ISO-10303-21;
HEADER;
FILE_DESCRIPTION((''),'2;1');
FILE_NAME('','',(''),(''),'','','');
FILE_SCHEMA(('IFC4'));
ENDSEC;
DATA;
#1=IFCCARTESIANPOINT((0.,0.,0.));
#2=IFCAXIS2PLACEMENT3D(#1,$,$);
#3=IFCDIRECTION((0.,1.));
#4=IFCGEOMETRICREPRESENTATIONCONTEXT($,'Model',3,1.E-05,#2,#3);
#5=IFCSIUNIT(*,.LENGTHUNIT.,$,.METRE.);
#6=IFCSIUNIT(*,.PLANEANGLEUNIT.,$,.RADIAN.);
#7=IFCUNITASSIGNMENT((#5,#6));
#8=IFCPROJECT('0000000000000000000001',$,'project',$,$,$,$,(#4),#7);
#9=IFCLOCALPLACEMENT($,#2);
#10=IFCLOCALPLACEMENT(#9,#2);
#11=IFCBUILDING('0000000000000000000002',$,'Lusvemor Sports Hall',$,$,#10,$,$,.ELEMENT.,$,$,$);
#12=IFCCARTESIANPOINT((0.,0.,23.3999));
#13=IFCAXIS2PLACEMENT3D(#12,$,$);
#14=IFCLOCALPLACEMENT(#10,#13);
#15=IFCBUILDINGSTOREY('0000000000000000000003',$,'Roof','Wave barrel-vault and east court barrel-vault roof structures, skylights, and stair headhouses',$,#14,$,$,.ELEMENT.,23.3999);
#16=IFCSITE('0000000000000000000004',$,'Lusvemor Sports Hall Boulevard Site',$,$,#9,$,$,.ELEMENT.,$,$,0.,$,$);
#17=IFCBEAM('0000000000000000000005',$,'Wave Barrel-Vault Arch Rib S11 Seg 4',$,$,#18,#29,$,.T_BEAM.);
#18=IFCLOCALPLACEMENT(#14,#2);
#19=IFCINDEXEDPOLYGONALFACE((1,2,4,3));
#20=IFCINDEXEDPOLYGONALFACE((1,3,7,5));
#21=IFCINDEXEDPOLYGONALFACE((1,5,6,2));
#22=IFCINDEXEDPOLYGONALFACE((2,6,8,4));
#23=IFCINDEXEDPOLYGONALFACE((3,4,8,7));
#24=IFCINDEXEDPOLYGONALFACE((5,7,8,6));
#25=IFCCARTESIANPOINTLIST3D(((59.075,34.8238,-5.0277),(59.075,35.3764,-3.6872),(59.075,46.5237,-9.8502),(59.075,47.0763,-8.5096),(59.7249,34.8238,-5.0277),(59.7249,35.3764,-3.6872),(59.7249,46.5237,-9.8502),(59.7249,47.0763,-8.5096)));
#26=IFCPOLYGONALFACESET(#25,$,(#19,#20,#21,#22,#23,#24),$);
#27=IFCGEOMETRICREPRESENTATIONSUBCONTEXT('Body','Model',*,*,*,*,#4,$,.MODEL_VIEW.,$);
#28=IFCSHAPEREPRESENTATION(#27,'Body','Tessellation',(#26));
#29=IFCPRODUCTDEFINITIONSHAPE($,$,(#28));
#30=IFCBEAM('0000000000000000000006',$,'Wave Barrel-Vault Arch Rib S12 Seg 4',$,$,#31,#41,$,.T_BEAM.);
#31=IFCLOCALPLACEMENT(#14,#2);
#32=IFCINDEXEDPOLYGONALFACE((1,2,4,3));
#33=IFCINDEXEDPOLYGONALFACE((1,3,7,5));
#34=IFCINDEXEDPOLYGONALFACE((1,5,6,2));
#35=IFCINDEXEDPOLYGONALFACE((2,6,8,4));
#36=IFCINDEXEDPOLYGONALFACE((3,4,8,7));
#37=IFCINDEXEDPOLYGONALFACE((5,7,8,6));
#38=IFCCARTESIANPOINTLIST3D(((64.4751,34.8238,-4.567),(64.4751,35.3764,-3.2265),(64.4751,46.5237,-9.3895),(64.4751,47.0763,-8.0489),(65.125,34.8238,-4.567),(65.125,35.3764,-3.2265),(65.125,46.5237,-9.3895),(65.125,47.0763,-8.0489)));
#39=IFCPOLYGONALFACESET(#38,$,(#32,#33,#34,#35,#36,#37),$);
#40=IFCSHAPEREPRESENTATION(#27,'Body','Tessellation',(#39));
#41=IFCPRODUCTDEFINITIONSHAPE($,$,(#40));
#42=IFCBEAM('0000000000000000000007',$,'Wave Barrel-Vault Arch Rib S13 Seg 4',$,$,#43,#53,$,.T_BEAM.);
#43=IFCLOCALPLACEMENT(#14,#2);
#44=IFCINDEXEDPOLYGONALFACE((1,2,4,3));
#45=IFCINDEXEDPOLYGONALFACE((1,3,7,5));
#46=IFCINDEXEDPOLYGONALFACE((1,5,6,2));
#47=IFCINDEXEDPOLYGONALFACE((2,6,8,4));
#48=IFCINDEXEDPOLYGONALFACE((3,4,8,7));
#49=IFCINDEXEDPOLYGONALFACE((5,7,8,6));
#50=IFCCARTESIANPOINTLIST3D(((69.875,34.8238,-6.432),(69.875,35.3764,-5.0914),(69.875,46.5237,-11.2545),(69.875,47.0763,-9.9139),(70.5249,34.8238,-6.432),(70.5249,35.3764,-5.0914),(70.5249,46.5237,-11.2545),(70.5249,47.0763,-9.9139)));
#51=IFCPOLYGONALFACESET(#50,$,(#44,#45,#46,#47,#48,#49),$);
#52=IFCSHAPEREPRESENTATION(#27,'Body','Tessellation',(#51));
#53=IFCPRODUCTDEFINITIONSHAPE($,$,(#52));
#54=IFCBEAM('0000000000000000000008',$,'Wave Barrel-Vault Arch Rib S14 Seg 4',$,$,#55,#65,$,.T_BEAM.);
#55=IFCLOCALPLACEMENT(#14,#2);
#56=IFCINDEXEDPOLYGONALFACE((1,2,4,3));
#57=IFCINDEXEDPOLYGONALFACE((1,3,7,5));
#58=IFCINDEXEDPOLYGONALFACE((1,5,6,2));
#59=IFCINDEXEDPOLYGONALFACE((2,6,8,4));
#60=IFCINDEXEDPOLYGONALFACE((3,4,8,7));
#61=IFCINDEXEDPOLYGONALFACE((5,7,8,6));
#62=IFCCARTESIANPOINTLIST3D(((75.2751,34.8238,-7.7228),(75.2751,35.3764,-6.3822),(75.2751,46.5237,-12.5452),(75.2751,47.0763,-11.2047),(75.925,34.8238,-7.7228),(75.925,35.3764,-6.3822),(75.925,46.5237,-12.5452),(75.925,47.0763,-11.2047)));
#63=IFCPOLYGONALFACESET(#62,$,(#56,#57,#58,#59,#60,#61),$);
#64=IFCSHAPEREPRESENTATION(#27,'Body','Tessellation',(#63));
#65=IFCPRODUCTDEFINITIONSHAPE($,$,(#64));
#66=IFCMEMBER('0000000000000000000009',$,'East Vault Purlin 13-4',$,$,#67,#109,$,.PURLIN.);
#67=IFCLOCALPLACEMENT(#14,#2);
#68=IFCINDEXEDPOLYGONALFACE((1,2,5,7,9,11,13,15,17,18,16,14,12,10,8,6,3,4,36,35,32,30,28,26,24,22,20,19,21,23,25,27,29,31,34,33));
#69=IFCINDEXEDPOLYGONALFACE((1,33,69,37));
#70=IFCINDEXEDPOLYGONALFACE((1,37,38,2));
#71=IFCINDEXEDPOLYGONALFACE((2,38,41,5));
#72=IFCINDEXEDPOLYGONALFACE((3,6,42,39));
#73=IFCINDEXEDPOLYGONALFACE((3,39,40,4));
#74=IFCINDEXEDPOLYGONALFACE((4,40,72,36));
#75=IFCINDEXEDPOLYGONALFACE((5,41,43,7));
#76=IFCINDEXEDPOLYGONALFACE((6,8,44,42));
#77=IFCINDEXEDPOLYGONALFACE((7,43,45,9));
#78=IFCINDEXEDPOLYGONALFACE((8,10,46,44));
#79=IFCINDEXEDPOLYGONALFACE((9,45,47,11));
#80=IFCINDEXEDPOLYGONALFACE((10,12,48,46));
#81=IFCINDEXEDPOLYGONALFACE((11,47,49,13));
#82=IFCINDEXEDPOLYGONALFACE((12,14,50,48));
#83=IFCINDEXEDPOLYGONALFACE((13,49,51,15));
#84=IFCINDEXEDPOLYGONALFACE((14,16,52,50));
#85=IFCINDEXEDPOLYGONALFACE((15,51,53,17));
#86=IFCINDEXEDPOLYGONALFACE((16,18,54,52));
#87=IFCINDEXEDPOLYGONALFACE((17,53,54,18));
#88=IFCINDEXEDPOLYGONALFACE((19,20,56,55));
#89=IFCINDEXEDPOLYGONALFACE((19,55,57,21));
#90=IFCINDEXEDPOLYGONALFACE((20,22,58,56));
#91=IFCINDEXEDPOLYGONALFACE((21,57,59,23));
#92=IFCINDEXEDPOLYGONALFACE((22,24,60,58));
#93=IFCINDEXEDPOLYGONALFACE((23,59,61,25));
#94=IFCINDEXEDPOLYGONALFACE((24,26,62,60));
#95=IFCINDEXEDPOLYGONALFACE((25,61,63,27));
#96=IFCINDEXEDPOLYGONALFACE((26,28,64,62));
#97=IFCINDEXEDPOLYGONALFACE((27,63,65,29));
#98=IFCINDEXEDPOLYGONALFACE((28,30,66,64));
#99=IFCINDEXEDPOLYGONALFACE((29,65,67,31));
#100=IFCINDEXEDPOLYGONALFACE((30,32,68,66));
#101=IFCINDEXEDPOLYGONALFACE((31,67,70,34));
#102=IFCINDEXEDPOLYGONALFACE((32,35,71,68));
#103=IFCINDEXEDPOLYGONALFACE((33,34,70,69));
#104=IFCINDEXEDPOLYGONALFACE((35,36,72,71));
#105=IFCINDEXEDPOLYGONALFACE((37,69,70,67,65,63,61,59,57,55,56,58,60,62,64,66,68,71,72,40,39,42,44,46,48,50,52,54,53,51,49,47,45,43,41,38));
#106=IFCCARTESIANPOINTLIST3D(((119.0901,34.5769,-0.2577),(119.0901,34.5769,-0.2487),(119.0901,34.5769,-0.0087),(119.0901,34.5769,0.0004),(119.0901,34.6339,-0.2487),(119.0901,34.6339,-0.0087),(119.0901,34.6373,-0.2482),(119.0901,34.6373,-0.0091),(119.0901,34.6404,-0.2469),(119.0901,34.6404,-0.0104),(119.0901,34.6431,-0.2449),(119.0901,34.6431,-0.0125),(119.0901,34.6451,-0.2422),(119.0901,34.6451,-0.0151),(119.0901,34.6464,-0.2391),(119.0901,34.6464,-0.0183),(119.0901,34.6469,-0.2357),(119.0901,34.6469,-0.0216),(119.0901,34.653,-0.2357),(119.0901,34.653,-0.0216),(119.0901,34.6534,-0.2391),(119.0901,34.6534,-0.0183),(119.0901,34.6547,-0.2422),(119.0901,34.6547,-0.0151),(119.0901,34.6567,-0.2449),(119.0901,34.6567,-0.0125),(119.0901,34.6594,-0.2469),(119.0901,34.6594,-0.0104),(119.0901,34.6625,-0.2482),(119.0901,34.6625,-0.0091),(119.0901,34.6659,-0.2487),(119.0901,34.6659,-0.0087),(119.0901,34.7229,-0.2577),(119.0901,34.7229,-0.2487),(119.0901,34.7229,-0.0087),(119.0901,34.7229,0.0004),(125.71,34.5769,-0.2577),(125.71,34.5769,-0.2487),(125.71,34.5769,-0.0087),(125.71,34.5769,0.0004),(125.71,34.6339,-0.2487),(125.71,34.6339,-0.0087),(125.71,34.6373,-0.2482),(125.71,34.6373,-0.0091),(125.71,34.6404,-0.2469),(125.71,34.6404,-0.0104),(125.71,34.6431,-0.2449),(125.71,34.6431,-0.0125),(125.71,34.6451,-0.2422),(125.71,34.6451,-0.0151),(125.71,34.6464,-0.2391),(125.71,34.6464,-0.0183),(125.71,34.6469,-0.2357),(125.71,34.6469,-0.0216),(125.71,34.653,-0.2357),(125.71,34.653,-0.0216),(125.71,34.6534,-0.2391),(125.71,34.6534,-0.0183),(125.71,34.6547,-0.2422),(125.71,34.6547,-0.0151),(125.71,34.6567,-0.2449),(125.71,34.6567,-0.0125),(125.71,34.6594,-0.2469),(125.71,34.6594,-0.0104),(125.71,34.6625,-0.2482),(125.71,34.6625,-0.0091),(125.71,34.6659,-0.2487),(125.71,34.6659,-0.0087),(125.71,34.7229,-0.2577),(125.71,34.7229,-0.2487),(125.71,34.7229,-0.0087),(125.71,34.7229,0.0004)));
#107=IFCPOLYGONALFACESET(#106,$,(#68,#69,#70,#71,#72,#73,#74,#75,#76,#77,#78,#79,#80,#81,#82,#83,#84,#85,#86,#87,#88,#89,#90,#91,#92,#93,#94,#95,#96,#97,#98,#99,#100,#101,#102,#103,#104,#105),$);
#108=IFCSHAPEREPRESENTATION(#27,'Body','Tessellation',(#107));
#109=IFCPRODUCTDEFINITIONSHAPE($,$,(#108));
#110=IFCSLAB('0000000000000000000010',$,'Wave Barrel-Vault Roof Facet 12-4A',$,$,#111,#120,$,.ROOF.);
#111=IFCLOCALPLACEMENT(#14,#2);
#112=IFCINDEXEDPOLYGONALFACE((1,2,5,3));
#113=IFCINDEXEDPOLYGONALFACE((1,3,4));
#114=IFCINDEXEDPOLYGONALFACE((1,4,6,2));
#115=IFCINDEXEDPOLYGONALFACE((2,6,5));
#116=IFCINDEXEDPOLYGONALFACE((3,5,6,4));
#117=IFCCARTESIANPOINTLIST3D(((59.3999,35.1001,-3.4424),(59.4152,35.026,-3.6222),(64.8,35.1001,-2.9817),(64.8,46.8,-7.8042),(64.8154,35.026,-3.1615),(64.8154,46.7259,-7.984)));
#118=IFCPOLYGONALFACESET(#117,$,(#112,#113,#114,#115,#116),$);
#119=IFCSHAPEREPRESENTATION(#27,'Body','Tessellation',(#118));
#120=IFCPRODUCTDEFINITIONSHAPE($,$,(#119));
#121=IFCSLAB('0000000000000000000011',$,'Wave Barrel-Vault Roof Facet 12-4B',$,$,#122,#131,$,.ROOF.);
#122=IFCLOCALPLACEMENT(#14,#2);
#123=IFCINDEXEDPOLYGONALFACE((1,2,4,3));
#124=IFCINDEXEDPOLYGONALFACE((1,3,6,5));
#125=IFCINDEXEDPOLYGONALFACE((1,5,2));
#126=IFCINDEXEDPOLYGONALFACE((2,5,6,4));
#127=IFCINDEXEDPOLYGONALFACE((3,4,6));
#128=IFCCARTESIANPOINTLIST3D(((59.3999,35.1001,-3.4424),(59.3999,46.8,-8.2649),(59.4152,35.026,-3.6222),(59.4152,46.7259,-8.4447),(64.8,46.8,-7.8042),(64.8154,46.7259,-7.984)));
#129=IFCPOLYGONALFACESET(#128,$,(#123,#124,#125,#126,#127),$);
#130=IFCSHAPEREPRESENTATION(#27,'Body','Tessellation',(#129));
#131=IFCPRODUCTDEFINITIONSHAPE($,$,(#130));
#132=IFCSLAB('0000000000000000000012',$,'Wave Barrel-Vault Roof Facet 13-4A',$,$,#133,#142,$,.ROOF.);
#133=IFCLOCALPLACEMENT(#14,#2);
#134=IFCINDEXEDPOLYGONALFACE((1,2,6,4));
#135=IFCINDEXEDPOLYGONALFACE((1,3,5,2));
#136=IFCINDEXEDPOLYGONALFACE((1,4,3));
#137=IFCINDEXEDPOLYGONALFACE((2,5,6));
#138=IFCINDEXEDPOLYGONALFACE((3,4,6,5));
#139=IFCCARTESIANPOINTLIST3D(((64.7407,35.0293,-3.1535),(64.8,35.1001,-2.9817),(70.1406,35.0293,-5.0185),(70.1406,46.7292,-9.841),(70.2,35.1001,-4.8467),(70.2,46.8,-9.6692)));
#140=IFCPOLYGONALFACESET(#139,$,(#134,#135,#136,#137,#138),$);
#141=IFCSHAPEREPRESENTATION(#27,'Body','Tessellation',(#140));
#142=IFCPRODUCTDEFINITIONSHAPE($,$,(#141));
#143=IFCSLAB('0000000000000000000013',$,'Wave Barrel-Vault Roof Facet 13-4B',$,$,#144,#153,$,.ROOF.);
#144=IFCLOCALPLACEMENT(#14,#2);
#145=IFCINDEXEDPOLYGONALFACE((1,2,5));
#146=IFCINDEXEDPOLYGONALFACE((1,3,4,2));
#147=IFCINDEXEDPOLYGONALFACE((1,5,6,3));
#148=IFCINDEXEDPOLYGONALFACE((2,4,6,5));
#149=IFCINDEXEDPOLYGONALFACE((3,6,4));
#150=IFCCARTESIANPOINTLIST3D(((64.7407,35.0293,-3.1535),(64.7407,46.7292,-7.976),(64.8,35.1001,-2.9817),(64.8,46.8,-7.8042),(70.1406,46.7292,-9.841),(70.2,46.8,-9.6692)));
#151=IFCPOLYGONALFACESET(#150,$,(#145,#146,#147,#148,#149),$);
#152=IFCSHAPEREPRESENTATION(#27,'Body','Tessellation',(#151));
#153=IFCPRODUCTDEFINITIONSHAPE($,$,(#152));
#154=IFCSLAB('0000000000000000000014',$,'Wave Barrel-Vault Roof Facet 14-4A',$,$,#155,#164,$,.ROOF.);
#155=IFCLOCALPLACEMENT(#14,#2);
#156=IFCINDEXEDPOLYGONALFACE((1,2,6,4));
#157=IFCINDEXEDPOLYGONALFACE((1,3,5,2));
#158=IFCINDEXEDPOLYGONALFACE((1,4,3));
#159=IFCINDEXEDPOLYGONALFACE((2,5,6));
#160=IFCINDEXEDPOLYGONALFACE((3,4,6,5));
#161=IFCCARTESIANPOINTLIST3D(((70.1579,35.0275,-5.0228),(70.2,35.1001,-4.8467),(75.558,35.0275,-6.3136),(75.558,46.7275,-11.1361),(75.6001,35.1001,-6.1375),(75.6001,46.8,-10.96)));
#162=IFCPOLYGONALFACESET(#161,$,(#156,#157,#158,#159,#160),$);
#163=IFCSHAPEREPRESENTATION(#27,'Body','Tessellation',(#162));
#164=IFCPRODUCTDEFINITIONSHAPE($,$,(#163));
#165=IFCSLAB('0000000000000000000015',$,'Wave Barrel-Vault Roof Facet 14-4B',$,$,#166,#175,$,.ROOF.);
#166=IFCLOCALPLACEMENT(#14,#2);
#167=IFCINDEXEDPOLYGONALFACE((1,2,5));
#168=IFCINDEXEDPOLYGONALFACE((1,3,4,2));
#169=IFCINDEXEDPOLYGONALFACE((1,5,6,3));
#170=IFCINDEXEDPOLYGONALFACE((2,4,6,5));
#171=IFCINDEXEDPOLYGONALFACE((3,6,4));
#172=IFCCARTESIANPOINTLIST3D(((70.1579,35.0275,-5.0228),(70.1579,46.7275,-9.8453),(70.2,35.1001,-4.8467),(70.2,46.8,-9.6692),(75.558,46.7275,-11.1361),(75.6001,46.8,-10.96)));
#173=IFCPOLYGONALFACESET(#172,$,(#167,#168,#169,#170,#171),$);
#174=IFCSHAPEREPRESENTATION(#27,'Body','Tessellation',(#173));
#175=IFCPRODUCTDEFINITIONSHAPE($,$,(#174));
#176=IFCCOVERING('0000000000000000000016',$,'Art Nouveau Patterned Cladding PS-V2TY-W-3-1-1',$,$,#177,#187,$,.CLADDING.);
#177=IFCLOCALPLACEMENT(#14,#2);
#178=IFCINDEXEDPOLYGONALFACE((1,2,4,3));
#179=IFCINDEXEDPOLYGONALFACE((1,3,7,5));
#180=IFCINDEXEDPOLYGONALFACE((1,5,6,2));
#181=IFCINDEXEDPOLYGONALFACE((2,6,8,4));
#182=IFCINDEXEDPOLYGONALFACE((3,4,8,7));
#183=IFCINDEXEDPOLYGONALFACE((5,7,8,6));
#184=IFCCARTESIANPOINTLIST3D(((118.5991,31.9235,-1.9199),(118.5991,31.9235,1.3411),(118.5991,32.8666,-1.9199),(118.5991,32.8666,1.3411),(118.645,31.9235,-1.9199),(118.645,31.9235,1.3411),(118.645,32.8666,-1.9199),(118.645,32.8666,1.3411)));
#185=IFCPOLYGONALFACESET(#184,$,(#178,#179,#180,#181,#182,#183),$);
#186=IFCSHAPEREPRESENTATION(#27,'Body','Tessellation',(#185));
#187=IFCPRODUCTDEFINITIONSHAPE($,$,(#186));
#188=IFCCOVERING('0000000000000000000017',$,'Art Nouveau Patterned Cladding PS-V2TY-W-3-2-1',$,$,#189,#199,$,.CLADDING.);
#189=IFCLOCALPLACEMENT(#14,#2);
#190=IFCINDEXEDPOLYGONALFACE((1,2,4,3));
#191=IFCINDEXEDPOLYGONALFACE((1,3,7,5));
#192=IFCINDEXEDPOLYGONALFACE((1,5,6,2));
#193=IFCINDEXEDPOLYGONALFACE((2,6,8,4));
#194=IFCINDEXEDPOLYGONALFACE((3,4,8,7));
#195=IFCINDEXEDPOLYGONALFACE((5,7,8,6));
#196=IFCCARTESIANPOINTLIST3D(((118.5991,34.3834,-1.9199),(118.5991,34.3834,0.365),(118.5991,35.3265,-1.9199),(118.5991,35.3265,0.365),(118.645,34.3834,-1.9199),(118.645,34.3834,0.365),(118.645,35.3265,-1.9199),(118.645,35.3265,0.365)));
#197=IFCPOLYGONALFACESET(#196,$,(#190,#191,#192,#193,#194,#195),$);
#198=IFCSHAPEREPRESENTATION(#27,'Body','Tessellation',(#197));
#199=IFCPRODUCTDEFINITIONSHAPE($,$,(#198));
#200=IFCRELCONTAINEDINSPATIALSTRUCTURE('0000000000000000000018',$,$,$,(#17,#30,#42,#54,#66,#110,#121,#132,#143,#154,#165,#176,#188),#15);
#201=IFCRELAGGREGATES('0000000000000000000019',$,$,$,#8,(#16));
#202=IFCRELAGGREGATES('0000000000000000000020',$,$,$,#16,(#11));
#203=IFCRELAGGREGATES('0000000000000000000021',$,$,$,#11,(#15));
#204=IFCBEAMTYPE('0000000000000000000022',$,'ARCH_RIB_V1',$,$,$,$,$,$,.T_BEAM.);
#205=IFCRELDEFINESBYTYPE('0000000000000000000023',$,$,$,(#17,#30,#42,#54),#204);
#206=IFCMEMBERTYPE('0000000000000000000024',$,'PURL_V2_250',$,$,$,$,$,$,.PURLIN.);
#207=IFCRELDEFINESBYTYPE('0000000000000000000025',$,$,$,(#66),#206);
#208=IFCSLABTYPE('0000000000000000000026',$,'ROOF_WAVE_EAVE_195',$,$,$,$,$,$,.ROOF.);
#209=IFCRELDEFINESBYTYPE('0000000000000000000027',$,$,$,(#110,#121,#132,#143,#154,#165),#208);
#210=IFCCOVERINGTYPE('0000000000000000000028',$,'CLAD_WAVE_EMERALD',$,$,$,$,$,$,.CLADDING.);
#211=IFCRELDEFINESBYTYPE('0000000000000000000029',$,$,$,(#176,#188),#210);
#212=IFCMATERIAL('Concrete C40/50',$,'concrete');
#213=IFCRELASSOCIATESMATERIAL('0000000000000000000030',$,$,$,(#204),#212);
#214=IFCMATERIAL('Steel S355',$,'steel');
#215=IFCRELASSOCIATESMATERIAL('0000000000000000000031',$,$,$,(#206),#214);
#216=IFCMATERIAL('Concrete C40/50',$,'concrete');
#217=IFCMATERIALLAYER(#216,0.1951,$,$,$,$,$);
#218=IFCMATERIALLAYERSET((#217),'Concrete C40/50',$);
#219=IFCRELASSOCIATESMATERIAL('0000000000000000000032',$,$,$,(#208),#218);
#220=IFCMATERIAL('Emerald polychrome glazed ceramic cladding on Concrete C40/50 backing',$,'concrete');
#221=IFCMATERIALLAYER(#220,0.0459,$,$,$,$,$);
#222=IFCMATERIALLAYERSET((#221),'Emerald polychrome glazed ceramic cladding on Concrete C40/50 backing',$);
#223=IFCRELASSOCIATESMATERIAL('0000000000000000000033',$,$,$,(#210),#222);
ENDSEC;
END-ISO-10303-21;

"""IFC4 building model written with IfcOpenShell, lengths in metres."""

from ifc_helpers import new_model, si_unit, direction, frame, origin, origin_2d, place, context, subcontext, project, spatial, polyline, rectangle, i_section, outline, extrude, material, layer, layer_set, material_profile, profile_set, type_object, element, save


model = new_model("IFC4")

# Units and contexts
model_context = context("Model", 3, precision=1e-05, world=origin(), true_north=direction((0.0, 1.0)))
body_context = subcontext(model_context, "Body", "Model", "MODEL_VIEW")
ifc_project = project(units=[si_unit("LENGTHUNIT", "METRE"), si_unit("PLANEANGLEUNIT", "RADIAN")], contexts=[model_context])

# Site, building, storey
site_placement = place(None, origin())
site = spatial("IfcSite", under=ifc_project, at=site_placement, Name="Lusvemor Sports Hall Boulevard Site", CompositionType="ELEMENT", RefElevation=0.0)
building_placement = place(site_placement, origin())
building = spatial("IfcBuilding", under=site, at=building_placement, Name="Lusvemor Sports Hall", CompositionType="ELEMENT")
storey_placement = place(building_placement, frame((0.0, 0.0, 23.3999)))
storey = spatial("IfcBuildingStorey", under=building, at=storey_placement, Name="Roof", Description="Wave barrel-vault and east court barrel-vault roof structures, skylights, and stair headhouses", CompositionType="ELEMENT", Elevation=23.3999)

# Beams
ifc_material_1 = material(Name="Concrete C40/50", Category="concrete")
ifc_material_profile_1 = material_profile(ifc_material_1, rectangle(XDim=0.6499, YDim=1.45, at=origin_2d()), Name="RC650x1450")
ifc_profile_set_1 = profile_set([ifc_material_profile_1], Name="Concrete C40/50")
beam_type = type_object("IfcBeamType", Name="ARCH_RIB_V1", PredefinedType="T_BEAM", material=ifc_profile_set_1)
for number, where, z_axis, x_axis, name in (
    (1, (59.3999, 35.1001, -4.3574), (0.0, 0.924542, -0.38108), (-1.0, 0.0, 0.0), "Wave Barrel-Vault Arch Rib S11 Seg 4"),
    (2, (64.8, 35.1001, -3.8967), (0.0, 0.924542, -0.38108), (-1.0, 0.0, 0.0), "Wave Barrel-Vault Arch Rib S12 Seg 4"),
    (3, (70.2, 35.1001, -5.7617), (0.0, 0.924542, -0.38108), (-1.0, 0.0, 0.0), "Wave Barrel-Vault Arch Rib S13 Seg 4"),
    (4, (75.6001, 35.1001, -7.0525), (0.0, 0.924542, -0.38108), (-1.0, 0.0, 0.0), "Wave Barrel-Vault Arch Rib S14 Seg 4"),
):
    element("IfcBeam", number, at=place(storey_placement, frame(where, z_axis=z_axis, x_axis=x_axis)), inside=storey, type_object=beam_type, Name=name, PredefinedType="T_BEAM", context=body_context, shape_type="SweptSolid", body=[
        extrude(rectangle(XDim=0.6499, YDim=1.45, at=origin_2d()), origin(), (0.0, 0.0, 1.0), 12.6548),
    ])

# Member
ifc_material_2 = material(Name="Steel S355", Category="steel")
ifc_material_profile_2 = material_profile(ifc_material_2, i_section(OverallWidth=0.146, OverallDepth=0.2581, WebThickness=0.0061, FlangeThickness=0.009, FilletRadius=0.0129, at=origin_2d()), Name="W250x32.7")
ifc_profile_set_2 = profile_set([ifc_material_profile_2], Name="Steel S355")
member_type = type_object("IfcMemberType", Name="PURL_V2_250", PredefinedType="PURLIN", material=ifc_profile_set_2)
member_placement = place(storey_placement, frame((119.0901, 34.6499, -0.1287), z_axis=(1.0, 0.0, 0.0), x_axis=(0.0, 1.0, 0.0)))
element("IfcMember", 5, at=member_placement, inside=storey, type_object=member_type, Name="East Vault Purlin 13-4", PredefinedType="PURLIN", context=body_context, shape_type="SweptSolid", body=[
    extrude(i_section(OverallWidth=0.146, OverallDepth=0.2581, WebThickness=0.0061, FlangeThickness=0.009, FilletRadius=0.0129, at=origin_2d()), origin(), (0.0, 0.0, 1.0), 6.6199),
])

# Slabs
ifc_material_3 = material(Name="Concrete C40/50", Category="concrete")
ifc_layer_1 = layer(ifc_material_3, 0.1951)
ifc_layer_set_1 = layer_set([ifc_layer_1], Name="Concrete C40/50")
slab_type = type_object("IfcSlabType", Name="ROOF_WAVE_EAVE_195", PredefinedType="ROOF", material=ifc_layer_set_1)
slab_1_placement = place(storey_placement, frame((59.3999, 35.1001, -3.4424), z_axis=(-0.07863, 0.3799, 0.92168), x_axis=(0.996381, 0.0, 0.085003)))
element("IfcSlab", 6, at=slab_1_placement, inside=storey, type_object=slab_type, Name="Wave Barrel-Vault Roof Facet 12-4A", PredefinedType="ROOF", context=body_context, shape_type="SweptSolid", body=[
    extrude(outline(polyline([(0.0, 0.0), (5.4198, 0.0), (5.0098, 12.6482), (0.0, 0.0)])), origin(), (0.0, 0.0, -1.0), 0.1951),
])
slab_2_placement = place(storey_placement, frame((59.3999, 35.1001, -3.4424), z_axis=(-0.07863, 0.3799, 0.92168), x_axis=(0.396945, 0.860021, -0.320621)))
element("IfcSlab", 7, at=slab_2_placement, inside=storey, type_object=slab_type, Name="Wave Barrel-Vault Roof Facet 12-4B", PredefinedType="ROOF", context=body_context, shape_type="SweptSolid", body=[
    extrude(outline(polyline([(0.0, 0.0), (13.6043, 0.0), (11.6084, 5.0389), (0.0, 0.0)])), origin(), (0.0, 0.0, -1.0), 0.1951),
])
slab_3_placement = place(storey_placement, frame((64.8, 35.1001, -2.9817), z_axis=(0.304183, 0.363022, 0.880732), x_axis=(0.945213, 0.0, -0.326453)))
element("IfcSlab", 8, at=slab_3_placement, inside=storey, type_object=slab_type, Name="Wave Barrel-Vault Roof Facet 13-4A", PredefinedType="ROOF", context=body_context, shape_type="SweptSolid", body=[
    extrude(outline(polyline([(0.0, 0.0), (5.7129, 0.0), (7.2872, 12.5566), (0.0, 0.0)])), origin(), (0.0, 0.0, -1.0), 0.1951),
])
slab_4_placement = place(storey_placement, frame((64.8, 35.1001, -2.9817), z_axis=(0.304183, 0.363022, 0.880732), x_axis=(0.371947, 0.805896, -0.460637)))
element("IfcSlab", 9, at=slab_4_placement, inside=storey, type_object=slab_type, Name="Wave Barrel-Vault Roof Facet 13-4B", PredefinedType="ROOF", context=body_context, shape_type="SweptSolid", body=[
    extrude(outline(polyline([(0.0, 0.0), (14.5179, 0.0), (11.6504, 4.9411), (0.0, 0.0)])), origin(), (0.0, 0.0, -1.0), 0.1951),
])
slab_5_placement = place(storey_placement, frame((70.2, 35.1001, -4.8467), z_axis=(0.215783, 0.372102, 0.902761), x_axis=(0.972602, 0.0, -0.232476)))
element("IfcSlab", 10, at=slab_5_placement, inside=storey, type_object=slab_type, Name="Wave Barrel-Vault Roof Facet 14-4A", PredefinedType="ROOF", context=body_context, shape_type="SweptSolid", body=[
    extrude(outline(polyline([(0.0, 0.0), (5.5523, 0.0), (6.6734, 12.6051), (0.0, 0.0)])), origin(), (0.0, 0.0, -1.0), 0.1951),
])
slab_6_placement = place(storey_placement, frame((70.2, 35.1001, -4.8467), z_axis=(0.215783, 0.372102, 0.902761), x_axis=(0.378622, 0.820322, -0.428622)))
element("IfcSlab", 11, at=slab_6_placement, inside=storey, type_object=slab_type, Name="Wave Barrel-Vault Roof Facet 14-4B", PredefinedType="ROOF", context=body_context, shape_type="SweptSolid", body=[
    extrude(outline(polyline([(0.0, 0.0), (14.2626, 0.0), (11.6648, 4.907), (0.0, 0.0)])), origin(), (0.0, 0.0, -1.0), 0.1951),
])

# Coverings
ifc_material_4 = material(Name="Emerald polychrome glazed ceramic cladding on Concrete C40/50 backing", Category="concrete")
ifc_layer_2 = layer(ifc_material_4, 0.0459)
ifc_layer_set_2 = layer_set([ifc_layer_2], Name="Emerald polychrome glazed ceramic cladding on Concrete C40/50 backing")
covering_type_1 = type_object("IfcCoveringType", Name="CLAD_WAVE_EMERALD", PredefinedType="CLADDING", material=ifc_layer_set_2)
covering_1_placement = place(storey_placement, frame((118.6221, 32.395, -1.9199), z_axis=(0.0, 0.0, 1.0), x_axis=(1.0, 0.0, 0.0)))
element("IfcCovering", 12, at=covering_1_placement, inside=storey, type_object=covering_type_1, Name="Art Nouveau Patterned Cladding PS-V2TY-W-3-1-1", PredefinedType="CLADDING", context=body_context, shape_type="SweptSolid", body=[
    extrude(rectangle(XDim=0.0459, YDim=0.9431, at=origin_2d()), origin(), (0.0, 0.0, 1.0), 3.261),
])
covering_2_placement = place(storey_placement, frame((118.6221, 34.855, -1.9199), z_axis=(0.0, 0.0, 1.0), x_axis=(1.0, 0.0, 0.0)))
element("IfcCovering", 13, at=covering_2_placement, inside=storey, type_object=covering_type_1, Name="Art Nouveau Patterned Cladding PS-V2TY-W-3-2-1", PredefinedType="CLADDING", context=body_context, shape_type="SweptSolid", body=[
    extrude(rectangle(XDim=0.0459, YDim=0.9431, at=origin_2d()), origin(), (0.0, 0.0, 1.0), 2.2849),
])

save(model, "model.ifc")
